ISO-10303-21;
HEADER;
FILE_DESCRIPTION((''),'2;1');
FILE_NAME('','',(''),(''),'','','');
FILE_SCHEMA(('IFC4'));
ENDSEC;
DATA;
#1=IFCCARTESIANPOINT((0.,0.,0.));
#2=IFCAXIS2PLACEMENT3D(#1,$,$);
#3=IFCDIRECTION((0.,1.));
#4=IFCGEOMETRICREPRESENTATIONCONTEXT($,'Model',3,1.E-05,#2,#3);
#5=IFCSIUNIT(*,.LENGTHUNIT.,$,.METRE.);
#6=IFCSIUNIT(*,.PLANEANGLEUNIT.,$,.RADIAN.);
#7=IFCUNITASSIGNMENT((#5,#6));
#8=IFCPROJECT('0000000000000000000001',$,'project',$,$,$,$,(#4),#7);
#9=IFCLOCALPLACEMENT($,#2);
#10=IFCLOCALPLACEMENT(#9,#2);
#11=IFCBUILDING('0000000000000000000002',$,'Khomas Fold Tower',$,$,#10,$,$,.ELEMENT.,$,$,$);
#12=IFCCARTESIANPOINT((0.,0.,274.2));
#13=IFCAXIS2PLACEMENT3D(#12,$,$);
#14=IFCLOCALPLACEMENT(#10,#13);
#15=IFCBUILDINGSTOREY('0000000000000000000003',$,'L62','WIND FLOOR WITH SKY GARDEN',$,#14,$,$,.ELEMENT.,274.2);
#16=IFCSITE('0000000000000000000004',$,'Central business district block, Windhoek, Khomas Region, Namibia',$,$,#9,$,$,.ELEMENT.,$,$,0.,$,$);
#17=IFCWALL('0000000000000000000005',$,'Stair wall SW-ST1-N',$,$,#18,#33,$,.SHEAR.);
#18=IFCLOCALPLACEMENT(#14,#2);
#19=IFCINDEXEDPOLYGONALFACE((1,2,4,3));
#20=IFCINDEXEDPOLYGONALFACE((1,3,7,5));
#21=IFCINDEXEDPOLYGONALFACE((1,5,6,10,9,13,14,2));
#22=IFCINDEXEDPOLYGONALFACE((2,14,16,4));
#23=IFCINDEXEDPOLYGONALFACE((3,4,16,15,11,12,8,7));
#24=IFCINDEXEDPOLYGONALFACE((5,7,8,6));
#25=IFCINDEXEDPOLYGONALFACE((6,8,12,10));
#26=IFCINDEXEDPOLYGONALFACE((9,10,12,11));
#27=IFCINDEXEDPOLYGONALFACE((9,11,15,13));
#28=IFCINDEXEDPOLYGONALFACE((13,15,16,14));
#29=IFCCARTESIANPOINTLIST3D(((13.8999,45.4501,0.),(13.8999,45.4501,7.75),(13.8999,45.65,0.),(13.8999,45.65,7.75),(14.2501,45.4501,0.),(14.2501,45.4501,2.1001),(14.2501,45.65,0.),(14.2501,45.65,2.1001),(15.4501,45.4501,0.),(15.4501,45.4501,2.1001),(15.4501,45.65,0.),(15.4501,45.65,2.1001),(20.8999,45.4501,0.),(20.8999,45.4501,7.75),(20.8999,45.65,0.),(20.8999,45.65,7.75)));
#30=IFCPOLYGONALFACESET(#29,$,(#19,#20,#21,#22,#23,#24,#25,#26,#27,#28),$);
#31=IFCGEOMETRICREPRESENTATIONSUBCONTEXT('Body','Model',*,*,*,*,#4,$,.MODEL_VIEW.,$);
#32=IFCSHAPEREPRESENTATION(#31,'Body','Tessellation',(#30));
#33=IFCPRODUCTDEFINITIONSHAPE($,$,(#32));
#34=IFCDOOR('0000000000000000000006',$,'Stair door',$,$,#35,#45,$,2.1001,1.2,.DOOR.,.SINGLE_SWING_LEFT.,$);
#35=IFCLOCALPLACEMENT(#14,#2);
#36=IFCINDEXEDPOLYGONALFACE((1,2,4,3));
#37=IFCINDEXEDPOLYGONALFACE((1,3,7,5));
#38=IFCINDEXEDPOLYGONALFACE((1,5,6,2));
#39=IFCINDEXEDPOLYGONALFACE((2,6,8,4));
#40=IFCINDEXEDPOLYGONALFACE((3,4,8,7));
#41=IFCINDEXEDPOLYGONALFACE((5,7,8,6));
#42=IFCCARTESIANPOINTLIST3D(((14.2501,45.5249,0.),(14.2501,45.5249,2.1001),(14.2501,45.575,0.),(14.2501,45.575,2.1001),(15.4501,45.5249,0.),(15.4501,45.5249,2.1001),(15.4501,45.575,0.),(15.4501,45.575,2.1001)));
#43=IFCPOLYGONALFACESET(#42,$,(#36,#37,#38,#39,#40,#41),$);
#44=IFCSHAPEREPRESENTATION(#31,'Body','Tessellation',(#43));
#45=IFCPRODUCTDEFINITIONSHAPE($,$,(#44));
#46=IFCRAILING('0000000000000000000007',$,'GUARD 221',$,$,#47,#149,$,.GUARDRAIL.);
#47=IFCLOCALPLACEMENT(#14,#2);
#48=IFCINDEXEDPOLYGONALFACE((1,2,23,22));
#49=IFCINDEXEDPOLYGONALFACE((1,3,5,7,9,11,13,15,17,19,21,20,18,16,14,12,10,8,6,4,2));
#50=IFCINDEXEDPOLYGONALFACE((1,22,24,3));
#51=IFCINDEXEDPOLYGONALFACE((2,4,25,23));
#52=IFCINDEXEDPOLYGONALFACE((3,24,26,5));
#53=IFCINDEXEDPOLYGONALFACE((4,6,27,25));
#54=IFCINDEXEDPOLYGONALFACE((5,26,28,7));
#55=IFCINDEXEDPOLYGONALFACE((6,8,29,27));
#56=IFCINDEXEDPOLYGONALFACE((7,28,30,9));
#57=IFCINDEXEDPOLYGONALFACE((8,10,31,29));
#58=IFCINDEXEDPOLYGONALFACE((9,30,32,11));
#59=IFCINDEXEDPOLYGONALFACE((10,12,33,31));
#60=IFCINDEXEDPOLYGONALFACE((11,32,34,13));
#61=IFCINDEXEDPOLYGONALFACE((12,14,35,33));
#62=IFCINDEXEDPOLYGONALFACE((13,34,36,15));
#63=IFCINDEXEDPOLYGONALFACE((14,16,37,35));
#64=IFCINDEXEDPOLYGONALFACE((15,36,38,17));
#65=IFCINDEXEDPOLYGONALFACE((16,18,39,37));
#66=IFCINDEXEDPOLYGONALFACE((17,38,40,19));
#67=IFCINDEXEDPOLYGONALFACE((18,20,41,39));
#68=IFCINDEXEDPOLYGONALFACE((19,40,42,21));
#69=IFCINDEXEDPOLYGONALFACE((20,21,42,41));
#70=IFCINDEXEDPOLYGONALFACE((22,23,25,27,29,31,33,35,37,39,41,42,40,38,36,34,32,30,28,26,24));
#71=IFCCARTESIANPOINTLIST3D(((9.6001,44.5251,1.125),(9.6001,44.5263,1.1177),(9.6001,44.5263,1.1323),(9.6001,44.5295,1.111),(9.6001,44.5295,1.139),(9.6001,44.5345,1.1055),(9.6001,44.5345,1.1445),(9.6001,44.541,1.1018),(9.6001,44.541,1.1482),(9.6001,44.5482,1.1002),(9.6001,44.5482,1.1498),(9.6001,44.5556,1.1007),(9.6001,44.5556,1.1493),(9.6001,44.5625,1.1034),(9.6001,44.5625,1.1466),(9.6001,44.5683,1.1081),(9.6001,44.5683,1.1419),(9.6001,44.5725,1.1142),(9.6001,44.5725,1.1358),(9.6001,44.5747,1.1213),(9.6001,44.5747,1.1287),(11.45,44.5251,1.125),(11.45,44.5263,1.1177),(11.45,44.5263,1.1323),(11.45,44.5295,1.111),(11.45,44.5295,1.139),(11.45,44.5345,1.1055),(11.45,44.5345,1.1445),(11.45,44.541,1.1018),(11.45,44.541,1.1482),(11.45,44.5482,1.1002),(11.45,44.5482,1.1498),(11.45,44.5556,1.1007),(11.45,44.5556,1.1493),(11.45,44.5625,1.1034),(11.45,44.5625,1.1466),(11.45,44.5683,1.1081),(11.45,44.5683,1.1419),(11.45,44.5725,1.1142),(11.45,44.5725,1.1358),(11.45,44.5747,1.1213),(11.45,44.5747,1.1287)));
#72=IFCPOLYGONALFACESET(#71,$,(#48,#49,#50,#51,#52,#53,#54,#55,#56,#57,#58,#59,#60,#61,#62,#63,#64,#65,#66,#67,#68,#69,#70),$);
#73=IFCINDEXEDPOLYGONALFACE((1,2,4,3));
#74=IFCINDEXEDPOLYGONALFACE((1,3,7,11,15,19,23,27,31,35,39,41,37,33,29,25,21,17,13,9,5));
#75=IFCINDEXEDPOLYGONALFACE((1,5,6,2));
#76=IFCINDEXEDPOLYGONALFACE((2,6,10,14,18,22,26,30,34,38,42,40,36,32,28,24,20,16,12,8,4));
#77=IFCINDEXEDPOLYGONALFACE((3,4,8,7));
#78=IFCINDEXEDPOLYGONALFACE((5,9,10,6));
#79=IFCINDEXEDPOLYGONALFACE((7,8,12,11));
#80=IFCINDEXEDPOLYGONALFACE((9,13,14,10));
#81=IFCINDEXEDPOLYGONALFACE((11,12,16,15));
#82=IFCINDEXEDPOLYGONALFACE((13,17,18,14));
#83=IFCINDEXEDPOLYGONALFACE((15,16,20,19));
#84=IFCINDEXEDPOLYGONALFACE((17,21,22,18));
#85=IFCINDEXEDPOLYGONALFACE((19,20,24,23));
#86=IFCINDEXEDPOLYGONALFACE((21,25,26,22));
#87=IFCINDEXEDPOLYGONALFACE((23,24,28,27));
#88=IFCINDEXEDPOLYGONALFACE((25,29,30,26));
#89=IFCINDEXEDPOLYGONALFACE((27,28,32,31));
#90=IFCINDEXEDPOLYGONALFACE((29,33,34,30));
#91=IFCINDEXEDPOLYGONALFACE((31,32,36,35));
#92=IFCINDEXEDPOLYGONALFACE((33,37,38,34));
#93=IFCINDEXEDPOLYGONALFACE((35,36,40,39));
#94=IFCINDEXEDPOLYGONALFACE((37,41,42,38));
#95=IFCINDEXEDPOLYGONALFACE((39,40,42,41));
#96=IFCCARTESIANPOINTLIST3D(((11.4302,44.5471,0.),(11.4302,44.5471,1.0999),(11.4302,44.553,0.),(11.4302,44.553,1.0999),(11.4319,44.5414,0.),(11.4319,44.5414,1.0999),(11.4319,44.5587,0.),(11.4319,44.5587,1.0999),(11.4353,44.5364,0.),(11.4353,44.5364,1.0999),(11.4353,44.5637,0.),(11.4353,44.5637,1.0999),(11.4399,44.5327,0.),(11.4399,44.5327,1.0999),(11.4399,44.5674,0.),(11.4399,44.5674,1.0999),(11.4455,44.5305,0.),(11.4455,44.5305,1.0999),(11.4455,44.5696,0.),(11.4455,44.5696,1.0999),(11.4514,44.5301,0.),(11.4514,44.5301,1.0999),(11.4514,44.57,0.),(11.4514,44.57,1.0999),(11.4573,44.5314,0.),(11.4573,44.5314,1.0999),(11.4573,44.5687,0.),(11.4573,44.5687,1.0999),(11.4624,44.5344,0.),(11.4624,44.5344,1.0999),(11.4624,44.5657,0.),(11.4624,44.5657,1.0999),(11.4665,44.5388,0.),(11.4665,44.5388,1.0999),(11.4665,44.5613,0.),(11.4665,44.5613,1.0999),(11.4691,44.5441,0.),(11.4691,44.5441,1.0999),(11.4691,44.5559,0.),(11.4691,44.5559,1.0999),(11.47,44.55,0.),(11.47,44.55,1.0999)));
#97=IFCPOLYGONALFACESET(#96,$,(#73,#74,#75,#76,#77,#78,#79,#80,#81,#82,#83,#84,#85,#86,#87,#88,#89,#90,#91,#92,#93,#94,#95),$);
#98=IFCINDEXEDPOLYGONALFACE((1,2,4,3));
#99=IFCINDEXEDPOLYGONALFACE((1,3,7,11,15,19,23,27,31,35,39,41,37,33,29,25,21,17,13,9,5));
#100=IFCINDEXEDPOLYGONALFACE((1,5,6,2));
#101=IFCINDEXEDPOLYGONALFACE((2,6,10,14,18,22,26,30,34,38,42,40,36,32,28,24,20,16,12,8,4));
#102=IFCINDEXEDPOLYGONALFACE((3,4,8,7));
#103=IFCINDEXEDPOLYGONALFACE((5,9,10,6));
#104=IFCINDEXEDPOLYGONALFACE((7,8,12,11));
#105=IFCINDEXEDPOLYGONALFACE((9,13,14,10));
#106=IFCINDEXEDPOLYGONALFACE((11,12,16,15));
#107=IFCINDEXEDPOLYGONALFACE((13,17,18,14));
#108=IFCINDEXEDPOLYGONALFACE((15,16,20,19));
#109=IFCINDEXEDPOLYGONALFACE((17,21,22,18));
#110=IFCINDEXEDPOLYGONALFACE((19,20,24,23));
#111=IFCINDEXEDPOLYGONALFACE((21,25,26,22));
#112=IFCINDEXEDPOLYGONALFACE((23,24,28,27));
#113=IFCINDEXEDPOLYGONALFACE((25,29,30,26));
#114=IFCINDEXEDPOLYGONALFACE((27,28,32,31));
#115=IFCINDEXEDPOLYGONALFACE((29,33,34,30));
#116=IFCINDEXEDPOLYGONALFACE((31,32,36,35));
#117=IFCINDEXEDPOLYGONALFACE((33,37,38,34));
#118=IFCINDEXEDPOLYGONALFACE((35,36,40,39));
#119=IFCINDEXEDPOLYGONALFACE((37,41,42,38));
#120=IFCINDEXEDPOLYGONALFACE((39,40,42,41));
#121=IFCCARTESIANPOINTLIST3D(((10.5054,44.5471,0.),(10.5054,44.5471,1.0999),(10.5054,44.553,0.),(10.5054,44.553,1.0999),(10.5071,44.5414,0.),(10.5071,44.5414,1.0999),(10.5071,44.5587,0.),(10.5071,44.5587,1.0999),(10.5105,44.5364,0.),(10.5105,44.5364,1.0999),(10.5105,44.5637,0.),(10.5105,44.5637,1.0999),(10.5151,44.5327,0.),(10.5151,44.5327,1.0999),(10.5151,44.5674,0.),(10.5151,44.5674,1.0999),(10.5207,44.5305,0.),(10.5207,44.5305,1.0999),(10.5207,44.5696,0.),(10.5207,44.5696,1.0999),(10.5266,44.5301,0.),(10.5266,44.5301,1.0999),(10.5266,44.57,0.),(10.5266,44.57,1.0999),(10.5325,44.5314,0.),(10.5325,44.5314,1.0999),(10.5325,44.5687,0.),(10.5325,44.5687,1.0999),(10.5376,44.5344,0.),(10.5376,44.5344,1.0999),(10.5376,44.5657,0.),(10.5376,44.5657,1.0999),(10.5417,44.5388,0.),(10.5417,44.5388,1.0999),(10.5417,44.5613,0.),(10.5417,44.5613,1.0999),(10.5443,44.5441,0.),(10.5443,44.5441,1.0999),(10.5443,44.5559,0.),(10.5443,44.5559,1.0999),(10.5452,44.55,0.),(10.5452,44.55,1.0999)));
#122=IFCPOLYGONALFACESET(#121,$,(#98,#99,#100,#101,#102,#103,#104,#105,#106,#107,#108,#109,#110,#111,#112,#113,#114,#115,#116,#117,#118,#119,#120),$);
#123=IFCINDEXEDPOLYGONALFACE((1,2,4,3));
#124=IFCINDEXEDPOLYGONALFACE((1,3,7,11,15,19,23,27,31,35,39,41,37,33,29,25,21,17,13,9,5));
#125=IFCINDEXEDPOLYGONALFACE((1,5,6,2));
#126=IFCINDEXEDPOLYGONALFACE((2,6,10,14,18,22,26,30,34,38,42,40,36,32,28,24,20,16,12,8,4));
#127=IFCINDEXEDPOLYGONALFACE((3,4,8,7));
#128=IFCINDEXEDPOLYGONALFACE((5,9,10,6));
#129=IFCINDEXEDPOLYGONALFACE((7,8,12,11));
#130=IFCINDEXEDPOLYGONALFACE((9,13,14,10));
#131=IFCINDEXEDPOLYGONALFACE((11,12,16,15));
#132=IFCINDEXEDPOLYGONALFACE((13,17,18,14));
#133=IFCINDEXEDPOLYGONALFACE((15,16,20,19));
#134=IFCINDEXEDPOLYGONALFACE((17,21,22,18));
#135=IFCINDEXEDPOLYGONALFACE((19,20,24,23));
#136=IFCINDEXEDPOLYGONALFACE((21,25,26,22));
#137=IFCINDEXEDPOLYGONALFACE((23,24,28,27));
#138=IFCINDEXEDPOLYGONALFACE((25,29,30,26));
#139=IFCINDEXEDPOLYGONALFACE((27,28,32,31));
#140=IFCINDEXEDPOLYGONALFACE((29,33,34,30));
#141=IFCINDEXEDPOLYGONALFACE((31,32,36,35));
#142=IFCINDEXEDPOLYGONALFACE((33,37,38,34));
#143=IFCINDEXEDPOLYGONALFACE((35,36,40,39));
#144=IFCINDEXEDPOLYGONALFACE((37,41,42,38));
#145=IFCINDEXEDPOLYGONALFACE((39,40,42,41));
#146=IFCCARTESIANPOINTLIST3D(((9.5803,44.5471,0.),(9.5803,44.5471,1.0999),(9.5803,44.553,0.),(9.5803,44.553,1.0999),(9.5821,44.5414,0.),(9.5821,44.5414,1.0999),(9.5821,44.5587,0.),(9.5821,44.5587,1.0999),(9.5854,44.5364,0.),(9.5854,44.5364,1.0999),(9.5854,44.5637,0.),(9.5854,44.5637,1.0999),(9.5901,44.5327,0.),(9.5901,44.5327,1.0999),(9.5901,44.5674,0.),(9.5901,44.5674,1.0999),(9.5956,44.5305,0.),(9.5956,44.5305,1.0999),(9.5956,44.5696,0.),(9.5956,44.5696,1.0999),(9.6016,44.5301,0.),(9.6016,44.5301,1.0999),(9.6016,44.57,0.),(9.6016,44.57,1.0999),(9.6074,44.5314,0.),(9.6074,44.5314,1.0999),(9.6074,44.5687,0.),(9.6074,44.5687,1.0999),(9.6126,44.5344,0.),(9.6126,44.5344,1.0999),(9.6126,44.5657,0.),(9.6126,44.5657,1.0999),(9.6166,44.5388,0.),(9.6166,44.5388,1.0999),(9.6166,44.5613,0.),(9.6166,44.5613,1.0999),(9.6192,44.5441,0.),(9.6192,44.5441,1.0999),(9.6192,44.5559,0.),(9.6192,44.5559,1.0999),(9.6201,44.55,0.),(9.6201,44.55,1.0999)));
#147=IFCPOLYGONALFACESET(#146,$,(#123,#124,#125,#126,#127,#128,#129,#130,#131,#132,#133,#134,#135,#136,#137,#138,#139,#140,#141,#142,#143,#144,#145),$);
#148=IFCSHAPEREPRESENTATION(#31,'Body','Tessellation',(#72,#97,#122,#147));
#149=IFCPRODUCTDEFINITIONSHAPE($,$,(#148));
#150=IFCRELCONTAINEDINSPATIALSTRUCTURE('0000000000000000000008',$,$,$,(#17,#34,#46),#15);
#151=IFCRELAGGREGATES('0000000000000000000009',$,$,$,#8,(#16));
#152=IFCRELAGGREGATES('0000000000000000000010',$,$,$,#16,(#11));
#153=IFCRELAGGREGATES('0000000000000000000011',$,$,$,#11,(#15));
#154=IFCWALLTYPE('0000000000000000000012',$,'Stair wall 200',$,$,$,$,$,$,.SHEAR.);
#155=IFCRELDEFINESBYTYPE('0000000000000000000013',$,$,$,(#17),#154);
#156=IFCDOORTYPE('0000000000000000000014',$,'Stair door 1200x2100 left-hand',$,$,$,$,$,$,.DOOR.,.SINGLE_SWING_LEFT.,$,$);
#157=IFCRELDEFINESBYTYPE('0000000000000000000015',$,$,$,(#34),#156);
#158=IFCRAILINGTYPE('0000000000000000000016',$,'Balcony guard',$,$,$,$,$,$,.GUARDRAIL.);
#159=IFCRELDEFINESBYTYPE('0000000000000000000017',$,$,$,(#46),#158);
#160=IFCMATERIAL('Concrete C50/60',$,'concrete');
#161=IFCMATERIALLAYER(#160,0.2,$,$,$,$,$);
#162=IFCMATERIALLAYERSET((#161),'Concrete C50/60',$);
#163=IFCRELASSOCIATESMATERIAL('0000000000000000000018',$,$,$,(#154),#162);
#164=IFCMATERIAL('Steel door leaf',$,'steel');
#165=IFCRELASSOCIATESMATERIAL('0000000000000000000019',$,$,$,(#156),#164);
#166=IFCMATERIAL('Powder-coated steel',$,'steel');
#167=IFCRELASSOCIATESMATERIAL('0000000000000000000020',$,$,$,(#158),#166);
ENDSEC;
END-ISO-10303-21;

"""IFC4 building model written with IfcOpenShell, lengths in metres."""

from ifc_helpers import new_model, si_unit, direction, frame, frame_2d, origin, origin_2d, place, context, subcontext, project, spatial, rectangle, circle, extrude, source, transform, mapped, material, layer, layer_set, type_object, element, fill, save


model = new_model("IFC4")

# Units and contexts
model_context = context("Model", 3, precision=1e-05, world=origin(), true_north=direction((0.0, 1.0)))
body_context = subcontext(model_context, "Body", "Model", "MODEL_VIEW")
ifc_project = project(units=[si_unit("LENGTHUNIT", "METRE"), si_unit("PLANEANGLEUNIT", "RADIAN")], contexts=[model_context])

# Site, building, storey
site_placement = place(None, origin())
site = spatial("IfcSite", under=ifc_project, at=site_placement, Name="Central business district block, Windhoek, Khomas Region, Namibia", CompositionType="ELEMENT", RefElevation=0.0)
building_placement = place(site_placement, origin())
building = spatial("IfcBuilding", under=site, at=building_placement, Name="Khomas Fold Tower", CompositionType="ELEMENT")
storey_placement = place(building_placement, frame((0.0, 0.0, 274.2)))
storey = spatial("IfcBuildingStorey", under=building, at=storey_placement, Name="L62", Description="WIND FLOOR WITH SKY GARDEN", CompositionType="ELEMENT", Elevation=274.2)

# Wall, opening, door
ifc_material_1 = material(Name="Concrete C50/60", Category="concrete")
ifc_layer_1 = layer(ifc_material_1, 0.2)
ifc_layer_set_1 = layer_set([ifc_layer_1], Name="Concrete C50/60")
wall_type = type_object("IfcWallType", Name="Stair wall 200", PredefinedType="SHEAR", material=ifc_layer_set_1)
shared_shape_1 = source(origin(), body_context, "Body", "SweptSolid", [
    extrude(rectangle(XDim=7.0, YDim=0.2, at=frame_2d((3.5, 0.0))), origin(), (0.0, 0.0, 1.0), 7.75),
])
wall_placement = place(storey_placement, frame((13.8999, 45.55, 0.0), z_axis=(0.0, 0.0, 1.0), x_axis=(1.0, 0.0, 0.0)))
wall = element("IfcWall", 1, at=wall_placement, inside=storey, type_object=wall_type, Name="Stair wall SW-ST1-N", PredefinedType="SHEAR", context=body_context, shape_type="MappedRepresentation", body=[
    mapped(shared_shape_1, transform((0.0, 0.0, 0.0))),
])
shared_shape_2 = source(origin(), body_context, "Body", "SweptSolid", [
    extrude(rectangle(XDim=1.2, YDim=2.1001, at=frame_2d((0.6001, 1.05))), frame((0.0, 0.1099, 0.0), z_axis=(0.0, -1.0, 0.0), x_axis=(1.0, 0.0, 0.0)), (0.0, 0.0, 1.0), 0.22),
])
opening_placement = place(wall_placement, frame((0.3501, 0.0, 0.0)))
opening = element("IfcOpeningElement", 2, at=opening_placement, cuts=wall, PredefinedType="OPENING", context=body_context, shape_type="MappedRepresentation", body=[
    mapped(shared_shape_2, transform((0.0, 0.0, 0.0))),
])
ifc_material_2 = material(Name="Steel door leaf", Category="steel")
door_type = type_object("IfcDoorType", Name="Stair door 1200x2100 left-hand", OperationType="SINGLE_SWING_LEFT", PredefinedType="DOOR", material=ifc_material_2)
shared_shape_3 = source(origin(), body_context, "Body", "SweptSolid", [
    extrude(rectangle(XDim=1.2, YDim=2.1001, at=frame_2d((0.6001, 1.05))), frame((0.0, 0.0249, 0.0), z_axis=(0.0, -1.0, 0.0), x_axis=(1.0, 0.0, 0.0)), (0.0, 0.0, 1.0), 0.05),
])
door_placement = place(opening_placement, origin())
door = element("IfcDoor", 3, at=door_placement, inside=storey, type_object=door_type, Name="Stair door", OperationType="SINGLE_SWING_LEFT", OverallHeight=2.1001, OverallWidth=1.2, PredefinedType="DOOR", context=body_context, shape_type="MappedRepresentation", body=[
    mapped(shared_shape_3, transform((0.0, 0.0, 0.0))),
])
fill(opening, door)

# Railing
ifc_material_3 = material(Name="Powder-coated steel", Category="steel")
railing_type_1 = type_object("IfcRailingType", Name="Balcony guard", PredefinedType="GUARDRAIL", material=ifc_material_3)
shared_shape_4 = source(origin(), body_context, "Body", "SweptSolid", [
    extrude(circle(Radius=0.0249, at=origin_2d()), frame((0.0, 0.0, 1.125), z_axis=(-1.0, 0.0, 0.0), x_axis=(0.0, -1.0, 0.0)), (0.0, 0.0, 1.0), 1.8499),
    extrude(circle(Radius=0.02, at=origin_2d()), origin(), (0.0, 0.0, 1.0), 1.0999),
    extrude(circle(Radius=0.02, at=origin_2d()), frame((-0.9248, 0.0, 0.0)), (0.0, 0.0, 1.0), 1.0999),
    extrude(circle(Radius=0.02, at=origin_2d()), frame((-1.8499, 0.0, 0.0)), (0.0, 0.0, 1.0), 1.0999),
])
railing_1_placement = place(storey_placement, frame((11.45, 44.55, 0.0)))
element("IfcRailing", 4, at=railing_1_placement, inside=storey, type_object=railing_type_1, Name="GUARD 221", PredefinedType="GUARDRAIL", context=body_context, shape_type="MappedRepresentation", body=[
    mapped(shared_shape_4, transform((0.0, 0.0, 0.0))),
])

save(model, "model.ifc")
